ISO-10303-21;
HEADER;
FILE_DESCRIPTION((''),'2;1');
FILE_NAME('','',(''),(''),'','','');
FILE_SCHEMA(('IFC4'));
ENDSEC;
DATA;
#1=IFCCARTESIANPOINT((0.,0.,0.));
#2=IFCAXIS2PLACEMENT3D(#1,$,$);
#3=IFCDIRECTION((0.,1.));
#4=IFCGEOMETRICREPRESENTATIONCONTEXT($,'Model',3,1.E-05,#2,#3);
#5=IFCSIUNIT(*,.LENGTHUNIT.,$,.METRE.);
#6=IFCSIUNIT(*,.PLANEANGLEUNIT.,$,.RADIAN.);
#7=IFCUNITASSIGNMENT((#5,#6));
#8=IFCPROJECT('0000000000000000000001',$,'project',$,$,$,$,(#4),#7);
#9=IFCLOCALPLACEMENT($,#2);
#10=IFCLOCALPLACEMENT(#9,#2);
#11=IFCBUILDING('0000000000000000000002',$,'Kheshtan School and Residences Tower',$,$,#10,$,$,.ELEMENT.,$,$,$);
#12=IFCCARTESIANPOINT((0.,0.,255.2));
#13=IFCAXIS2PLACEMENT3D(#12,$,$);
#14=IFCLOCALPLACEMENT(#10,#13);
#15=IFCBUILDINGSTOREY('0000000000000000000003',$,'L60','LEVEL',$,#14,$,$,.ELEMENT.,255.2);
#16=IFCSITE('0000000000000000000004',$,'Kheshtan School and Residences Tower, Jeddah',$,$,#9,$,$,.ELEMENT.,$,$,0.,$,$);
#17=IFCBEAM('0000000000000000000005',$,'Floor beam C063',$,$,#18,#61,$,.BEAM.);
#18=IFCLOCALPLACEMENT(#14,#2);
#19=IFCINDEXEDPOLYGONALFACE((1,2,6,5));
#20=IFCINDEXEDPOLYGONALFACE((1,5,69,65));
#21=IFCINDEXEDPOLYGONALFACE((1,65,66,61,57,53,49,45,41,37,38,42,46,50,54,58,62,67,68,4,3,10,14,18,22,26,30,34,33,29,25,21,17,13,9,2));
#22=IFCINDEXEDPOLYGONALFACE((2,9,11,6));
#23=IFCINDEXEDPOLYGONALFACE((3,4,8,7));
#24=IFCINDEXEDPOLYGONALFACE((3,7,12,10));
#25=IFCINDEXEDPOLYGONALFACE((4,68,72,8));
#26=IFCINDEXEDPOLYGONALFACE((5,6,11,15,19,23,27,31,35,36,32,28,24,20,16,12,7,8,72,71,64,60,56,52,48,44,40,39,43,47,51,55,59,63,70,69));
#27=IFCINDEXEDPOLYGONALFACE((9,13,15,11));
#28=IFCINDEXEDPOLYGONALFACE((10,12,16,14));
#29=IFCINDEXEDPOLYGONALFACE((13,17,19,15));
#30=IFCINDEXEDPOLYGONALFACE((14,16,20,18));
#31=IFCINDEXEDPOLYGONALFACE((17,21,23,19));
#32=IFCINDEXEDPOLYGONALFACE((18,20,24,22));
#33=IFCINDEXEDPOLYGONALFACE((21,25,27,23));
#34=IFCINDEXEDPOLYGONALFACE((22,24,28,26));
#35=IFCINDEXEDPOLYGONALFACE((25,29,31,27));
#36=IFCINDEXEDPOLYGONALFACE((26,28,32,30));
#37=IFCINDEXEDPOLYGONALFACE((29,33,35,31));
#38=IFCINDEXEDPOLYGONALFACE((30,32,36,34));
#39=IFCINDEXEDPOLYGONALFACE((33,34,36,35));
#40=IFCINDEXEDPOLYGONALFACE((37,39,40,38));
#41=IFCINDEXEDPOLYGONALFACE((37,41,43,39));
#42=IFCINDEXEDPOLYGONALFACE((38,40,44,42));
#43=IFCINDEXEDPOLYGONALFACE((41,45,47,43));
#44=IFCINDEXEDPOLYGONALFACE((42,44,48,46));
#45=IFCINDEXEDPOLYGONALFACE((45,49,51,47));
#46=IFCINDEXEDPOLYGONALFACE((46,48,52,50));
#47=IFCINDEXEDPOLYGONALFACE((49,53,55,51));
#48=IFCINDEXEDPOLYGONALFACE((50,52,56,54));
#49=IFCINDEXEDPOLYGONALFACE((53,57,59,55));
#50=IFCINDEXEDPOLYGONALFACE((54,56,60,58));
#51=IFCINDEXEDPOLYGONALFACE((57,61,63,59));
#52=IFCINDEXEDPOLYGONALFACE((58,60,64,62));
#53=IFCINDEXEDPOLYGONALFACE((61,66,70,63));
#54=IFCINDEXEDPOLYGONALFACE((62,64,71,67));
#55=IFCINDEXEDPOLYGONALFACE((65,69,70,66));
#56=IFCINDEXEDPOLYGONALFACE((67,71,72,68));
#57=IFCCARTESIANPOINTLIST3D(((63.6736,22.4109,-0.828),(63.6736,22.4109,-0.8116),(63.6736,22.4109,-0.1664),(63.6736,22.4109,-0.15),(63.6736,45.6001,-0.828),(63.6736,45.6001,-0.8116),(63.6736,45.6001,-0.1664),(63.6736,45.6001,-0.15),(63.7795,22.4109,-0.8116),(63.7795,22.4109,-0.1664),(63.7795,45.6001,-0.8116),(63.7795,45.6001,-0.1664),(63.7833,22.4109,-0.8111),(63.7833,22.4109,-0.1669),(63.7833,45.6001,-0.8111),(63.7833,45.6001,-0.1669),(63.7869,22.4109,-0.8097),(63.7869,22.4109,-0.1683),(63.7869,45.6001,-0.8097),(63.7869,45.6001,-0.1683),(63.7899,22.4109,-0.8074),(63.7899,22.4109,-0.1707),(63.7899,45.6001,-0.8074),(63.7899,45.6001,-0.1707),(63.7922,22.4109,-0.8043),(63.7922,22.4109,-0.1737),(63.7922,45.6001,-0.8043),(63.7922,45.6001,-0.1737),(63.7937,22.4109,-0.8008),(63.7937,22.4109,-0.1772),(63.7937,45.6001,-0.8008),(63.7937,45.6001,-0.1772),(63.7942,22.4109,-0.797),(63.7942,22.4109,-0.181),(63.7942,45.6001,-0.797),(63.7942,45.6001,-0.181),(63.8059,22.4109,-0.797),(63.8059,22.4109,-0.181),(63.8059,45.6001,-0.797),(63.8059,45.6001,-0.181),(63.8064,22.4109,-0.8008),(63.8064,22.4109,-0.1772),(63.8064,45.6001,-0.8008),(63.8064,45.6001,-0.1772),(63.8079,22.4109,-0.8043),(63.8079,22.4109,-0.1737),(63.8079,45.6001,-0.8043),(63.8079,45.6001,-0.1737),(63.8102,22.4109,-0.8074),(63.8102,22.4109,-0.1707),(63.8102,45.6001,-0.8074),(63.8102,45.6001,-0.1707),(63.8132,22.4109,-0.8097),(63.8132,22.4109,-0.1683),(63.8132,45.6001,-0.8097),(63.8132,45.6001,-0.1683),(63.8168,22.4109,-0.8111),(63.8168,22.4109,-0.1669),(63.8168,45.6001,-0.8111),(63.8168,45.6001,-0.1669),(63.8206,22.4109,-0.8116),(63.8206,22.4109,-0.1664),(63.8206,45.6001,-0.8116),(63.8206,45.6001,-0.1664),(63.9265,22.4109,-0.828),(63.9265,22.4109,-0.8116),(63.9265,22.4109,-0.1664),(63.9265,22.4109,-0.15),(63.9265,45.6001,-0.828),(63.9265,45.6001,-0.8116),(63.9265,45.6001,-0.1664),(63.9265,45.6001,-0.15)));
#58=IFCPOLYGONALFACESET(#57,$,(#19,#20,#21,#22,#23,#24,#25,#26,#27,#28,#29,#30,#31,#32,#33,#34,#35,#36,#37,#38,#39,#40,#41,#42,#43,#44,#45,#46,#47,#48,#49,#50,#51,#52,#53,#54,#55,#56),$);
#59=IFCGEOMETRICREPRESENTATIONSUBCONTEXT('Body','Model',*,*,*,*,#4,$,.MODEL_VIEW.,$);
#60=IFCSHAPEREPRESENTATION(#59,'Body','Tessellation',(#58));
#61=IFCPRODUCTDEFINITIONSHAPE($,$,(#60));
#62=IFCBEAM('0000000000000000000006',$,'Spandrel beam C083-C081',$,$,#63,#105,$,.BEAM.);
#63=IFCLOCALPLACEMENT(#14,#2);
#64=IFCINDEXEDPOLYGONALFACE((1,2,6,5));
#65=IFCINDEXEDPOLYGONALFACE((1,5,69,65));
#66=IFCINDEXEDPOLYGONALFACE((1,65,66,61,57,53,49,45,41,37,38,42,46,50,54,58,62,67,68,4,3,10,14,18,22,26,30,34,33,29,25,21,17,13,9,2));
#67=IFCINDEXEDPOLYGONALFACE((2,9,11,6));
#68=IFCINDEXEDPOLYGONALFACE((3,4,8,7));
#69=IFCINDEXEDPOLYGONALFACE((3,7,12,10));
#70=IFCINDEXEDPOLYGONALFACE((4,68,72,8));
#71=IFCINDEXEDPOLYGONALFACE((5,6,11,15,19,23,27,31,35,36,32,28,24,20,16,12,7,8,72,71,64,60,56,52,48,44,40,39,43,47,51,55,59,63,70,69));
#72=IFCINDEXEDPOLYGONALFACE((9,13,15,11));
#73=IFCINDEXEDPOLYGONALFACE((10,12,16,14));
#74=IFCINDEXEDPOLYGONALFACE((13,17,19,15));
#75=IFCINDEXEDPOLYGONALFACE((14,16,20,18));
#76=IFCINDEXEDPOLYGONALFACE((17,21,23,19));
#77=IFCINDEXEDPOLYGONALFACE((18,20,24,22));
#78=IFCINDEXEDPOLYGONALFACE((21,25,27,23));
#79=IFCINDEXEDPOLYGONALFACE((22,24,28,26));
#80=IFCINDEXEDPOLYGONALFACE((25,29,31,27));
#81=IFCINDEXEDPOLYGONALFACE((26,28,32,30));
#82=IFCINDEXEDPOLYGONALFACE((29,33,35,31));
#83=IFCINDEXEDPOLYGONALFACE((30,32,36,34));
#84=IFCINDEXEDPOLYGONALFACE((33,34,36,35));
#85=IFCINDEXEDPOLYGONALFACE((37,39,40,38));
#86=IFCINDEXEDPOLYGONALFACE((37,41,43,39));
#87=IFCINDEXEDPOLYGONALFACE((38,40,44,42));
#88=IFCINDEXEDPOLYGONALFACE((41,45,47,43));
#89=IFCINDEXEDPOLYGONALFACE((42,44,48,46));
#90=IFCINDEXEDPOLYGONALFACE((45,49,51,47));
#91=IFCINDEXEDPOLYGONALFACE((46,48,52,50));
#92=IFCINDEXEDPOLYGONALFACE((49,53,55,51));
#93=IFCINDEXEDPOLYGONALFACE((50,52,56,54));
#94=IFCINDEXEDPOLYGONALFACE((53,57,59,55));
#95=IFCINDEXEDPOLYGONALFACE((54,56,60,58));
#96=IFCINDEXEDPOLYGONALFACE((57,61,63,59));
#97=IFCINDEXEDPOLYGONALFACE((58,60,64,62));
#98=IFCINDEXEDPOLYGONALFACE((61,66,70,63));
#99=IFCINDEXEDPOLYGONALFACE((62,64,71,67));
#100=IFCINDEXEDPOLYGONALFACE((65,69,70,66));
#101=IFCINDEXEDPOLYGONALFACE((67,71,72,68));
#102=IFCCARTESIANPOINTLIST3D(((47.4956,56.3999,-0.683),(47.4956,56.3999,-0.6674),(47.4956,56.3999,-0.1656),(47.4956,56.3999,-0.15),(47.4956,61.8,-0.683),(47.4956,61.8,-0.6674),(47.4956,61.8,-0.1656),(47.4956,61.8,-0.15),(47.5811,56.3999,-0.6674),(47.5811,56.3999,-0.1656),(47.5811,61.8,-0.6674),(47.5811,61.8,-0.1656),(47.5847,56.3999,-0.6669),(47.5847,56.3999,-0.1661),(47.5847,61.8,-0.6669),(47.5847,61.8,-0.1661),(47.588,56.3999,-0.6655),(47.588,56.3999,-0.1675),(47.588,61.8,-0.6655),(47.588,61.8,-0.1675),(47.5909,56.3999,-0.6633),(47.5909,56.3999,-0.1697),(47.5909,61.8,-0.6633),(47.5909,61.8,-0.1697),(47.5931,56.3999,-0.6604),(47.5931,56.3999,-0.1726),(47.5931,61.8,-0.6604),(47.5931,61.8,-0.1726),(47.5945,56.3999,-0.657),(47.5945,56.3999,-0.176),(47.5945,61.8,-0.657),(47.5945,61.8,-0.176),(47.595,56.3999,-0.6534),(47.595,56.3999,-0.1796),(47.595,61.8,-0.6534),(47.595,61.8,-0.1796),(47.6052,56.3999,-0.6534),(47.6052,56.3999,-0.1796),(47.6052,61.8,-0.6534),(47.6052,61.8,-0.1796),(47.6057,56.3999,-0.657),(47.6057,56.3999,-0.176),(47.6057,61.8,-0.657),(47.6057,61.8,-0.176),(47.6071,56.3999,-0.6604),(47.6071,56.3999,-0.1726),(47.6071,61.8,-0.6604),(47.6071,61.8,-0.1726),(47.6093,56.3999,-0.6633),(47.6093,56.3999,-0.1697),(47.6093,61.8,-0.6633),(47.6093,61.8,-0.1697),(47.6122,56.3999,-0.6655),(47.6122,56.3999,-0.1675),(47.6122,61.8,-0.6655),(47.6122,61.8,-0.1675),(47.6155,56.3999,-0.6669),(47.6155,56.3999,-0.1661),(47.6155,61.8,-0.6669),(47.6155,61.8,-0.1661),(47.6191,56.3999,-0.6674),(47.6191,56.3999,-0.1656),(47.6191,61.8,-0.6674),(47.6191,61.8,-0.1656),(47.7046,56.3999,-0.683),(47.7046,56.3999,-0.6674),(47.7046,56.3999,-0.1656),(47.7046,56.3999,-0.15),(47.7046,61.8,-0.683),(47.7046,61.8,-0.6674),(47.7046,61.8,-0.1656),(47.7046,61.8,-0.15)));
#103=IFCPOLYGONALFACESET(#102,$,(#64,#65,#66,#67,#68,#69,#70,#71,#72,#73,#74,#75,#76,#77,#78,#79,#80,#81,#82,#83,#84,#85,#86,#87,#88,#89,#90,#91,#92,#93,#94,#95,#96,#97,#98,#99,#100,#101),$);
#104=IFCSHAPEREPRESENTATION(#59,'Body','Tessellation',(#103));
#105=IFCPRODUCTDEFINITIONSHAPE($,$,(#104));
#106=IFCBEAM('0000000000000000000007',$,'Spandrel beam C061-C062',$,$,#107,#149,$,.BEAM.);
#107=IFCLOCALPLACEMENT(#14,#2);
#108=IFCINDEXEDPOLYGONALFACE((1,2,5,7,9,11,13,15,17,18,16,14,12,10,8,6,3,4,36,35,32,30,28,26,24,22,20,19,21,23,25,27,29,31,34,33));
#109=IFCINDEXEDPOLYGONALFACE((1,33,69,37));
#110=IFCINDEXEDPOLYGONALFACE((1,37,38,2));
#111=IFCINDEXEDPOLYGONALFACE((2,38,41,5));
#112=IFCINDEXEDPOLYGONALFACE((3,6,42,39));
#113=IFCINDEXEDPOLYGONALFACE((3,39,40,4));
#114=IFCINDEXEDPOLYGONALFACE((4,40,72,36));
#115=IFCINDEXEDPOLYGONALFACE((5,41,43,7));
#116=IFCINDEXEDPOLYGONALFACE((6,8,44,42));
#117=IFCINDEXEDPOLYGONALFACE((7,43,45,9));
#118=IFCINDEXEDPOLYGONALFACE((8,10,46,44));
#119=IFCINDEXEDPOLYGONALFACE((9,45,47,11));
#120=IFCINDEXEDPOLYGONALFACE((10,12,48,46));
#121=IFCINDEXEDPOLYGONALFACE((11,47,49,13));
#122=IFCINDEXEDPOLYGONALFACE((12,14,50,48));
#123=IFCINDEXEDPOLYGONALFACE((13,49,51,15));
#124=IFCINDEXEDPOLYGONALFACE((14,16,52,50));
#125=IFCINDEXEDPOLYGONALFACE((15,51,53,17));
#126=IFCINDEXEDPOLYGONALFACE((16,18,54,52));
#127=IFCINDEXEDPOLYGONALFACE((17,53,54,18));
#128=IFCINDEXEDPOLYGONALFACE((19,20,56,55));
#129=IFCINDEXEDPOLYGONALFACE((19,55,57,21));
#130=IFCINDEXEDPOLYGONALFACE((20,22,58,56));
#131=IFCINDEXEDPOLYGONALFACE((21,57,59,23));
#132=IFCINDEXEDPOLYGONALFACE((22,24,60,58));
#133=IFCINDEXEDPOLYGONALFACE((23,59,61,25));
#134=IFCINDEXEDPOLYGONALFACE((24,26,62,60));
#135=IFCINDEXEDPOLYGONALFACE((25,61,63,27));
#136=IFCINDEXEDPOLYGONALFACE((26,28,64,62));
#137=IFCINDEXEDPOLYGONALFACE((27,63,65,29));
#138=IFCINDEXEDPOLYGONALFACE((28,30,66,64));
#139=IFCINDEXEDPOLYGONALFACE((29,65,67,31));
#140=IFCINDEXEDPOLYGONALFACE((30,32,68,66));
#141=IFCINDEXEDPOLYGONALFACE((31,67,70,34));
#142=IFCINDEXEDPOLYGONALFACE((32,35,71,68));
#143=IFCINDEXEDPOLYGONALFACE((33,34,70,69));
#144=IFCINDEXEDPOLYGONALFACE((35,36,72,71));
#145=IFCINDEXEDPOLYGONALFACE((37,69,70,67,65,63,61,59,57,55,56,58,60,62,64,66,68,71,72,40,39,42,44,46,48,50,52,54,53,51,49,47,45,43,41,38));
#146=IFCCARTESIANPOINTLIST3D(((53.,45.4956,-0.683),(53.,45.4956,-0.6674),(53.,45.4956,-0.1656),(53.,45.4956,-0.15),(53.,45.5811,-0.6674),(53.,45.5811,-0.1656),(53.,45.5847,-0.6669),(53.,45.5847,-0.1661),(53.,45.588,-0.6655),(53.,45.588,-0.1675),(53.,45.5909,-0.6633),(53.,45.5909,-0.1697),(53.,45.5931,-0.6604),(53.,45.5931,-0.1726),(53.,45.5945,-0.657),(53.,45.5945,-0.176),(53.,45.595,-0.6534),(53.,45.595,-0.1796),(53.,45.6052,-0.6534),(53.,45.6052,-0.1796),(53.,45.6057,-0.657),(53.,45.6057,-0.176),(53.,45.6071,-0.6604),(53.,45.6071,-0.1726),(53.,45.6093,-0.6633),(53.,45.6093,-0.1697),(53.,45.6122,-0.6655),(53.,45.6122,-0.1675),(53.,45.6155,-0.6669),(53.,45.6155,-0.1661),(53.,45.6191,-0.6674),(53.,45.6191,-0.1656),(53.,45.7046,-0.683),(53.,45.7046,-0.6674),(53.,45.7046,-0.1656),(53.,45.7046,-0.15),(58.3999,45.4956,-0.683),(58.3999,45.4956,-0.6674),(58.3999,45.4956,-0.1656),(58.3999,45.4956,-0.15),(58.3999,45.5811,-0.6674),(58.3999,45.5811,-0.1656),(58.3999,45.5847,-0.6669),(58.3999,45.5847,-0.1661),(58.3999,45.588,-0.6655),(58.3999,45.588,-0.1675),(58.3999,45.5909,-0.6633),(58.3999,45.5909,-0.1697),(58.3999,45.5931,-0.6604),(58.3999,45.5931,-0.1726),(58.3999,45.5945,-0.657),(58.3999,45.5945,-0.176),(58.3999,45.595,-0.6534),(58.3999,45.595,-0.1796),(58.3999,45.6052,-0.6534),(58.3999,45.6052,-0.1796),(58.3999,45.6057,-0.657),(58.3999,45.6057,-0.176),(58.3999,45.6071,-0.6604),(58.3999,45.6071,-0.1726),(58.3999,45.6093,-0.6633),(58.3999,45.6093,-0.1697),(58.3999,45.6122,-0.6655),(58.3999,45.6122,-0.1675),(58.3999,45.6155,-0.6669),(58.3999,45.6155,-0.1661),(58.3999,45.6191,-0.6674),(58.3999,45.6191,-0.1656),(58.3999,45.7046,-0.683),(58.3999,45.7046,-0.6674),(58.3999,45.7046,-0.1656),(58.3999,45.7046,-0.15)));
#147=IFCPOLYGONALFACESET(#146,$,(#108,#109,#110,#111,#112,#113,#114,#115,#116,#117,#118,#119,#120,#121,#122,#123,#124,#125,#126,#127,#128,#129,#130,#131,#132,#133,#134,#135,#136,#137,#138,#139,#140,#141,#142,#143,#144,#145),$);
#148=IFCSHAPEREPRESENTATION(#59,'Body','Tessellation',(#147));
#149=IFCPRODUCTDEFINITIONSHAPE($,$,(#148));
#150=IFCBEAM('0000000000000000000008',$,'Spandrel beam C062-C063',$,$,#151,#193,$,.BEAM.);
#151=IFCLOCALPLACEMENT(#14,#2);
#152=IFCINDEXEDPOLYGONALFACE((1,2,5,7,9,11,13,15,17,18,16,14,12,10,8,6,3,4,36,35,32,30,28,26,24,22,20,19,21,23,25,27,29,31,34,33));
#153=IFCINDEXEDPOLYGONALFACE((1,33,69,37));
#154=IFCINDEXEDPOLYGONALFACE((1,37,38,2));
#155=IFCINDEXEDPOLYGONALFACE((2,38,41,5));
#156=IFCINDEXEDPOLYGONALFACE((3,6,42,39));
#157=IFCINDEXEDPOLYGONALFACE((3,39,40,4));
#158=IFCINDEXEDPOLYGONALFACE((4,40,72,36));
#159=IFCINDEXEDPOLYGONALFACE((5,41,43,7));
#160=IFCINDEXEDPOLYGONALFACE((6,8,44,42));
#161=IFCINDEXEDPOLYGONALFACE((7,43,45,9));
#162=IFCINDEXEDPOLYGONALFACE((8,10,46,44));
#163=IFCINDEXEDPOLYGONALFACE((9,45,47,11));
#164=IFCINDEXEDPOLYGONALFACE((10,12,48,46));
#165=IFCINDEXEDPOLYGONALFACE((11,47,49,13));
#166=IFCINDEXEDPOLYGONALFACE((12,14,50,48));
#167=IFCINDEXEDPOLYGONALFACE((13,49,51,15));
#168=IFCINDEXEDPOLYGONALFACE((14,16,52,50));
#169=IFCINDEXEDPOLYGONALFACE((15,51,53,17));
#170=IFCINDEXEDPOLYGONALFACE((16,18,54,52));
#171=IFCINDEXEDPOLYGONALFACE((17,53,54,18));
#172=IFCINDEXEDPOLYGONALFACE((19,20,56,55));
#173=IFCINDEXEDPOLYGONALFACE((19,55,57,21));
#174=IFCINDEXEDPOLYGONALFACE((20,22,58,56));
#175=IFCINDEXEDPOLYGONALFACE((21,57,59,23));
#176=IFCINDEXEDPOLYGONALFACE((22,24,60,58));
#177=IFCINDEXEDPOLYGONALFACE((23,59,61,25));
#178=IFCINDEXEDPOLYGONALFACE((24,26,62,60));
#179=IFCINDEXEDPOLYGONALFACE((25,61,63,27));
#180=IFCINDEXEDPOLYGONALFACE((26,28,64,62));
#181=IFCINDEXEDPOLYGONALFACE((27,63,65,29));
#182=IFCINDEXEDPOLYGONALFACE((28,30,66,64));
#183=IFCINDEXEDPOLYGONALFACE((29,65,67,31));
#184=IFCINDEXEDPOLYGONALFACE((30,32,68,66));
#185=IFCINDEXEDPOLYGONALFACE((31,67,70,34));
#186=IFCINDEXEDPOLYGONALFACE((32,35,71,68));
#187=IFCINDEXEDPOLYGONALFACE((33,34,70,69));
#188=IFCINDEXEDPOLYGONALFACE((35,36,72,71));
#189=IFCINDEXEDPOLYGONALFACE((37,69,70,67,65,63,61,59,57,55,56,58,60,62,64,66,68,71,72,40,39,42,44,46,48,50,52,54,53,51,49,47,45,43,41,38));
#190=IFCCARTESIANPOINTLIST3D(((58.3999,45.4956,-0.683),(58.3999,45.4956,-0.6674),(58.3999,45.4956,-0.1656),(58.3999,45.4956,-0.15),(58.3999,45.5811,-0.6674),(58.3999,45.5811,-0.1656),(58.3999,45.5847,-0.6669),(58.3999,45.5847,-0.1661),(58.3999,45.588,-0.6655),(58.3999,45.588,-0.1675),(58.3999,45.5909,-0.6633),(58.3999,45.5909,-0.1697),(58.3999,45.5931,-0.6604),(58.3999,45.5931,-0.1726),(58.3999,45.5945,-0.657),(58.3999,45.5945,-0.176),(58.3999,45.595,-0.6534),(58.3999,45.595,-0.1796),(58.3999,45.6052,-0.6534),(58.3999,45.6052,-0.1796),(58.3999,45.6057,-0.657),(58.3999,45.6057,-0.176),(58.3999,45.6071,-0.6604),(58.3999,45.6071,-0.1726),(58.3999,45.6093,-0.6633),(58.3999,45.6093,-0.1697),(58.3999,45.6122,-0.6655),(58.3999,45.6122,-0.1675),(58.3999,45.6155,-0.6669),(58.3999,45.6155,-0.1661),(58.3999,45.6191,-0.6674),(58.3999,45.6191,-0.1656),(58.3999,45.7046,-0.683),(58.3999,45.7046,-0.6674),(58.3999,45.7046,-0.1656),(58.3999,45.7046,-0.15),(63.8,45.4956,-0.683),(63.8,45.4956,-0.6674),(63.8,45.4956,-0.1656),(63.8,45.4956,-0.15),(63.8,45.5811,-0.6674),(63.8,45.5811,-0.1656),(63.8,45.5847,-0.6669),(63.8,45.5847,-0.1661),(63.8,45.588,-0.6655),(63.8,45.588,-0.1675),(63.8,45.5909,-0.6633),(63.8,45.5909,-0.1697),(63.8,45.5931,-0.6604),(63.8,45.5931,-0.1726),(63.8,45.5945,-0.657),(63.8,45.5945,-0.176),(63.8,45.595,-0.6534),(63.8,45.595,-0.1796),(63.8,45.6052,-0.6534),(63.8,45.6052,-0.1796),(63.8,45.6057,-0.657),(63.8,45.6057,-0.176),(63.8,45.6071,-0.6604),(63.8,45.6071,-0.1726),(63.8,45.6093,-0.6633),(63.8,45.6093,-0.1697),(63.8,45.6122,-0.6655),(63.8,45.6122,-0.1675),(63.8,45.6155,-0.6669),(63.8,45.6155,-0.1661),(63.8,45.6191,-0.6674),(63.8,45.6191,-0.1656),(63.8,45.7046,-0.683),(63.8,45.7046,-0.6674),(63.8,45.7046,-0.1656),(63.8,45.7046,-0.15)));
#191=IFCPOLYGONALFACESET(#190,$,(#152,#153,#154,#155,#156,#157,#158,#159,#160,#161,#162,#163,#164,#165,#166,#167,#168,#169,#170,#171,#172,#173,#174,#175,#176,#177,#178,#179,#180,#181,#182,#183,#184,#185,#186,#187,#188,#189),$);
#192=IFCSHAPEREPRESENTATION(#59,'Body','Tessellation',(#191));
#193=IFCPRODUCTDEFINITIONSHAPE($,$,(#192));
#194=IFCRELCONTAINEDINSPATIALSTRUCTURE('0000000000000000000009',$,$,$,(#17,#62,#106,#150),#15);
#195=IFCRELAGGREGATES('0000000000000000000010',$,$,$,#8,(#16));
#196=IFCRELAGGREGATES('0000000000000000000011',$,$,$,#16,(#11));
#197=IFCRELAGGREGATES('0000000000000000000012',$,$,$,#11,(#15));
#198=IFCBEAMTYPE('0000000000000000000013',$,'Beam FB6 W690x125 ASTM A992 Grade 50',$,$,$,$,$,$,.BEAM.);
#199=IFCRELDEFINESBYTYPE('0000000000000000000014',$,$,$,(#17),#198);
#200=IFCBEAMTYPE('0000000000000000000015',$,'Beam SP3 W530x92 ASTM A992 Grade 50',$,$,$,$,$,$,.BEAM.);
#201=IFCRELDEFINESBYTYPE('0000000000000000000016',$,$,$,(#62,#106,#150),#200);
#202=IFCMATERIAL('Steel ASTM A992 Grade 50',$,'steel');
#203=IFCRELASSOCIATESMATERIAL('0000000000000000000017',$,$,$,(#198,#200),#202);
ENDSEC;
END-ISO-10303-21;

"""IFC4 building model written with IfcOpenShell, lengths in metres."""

from ifc_helpers import new_model, si_unit, direction, frame, origin, origin_2d, place, context, subcontext, project, spatial, i_section, extrude, material, material_profile, profile_set, type_object, element, save


model = new_model("IFC4")

# Units and contexts
model_context = context("Model", 3, precision=1e-05, world=origin(), true_north=direction((0.0, 1.0)))
body_context = subcontext(model_context, "Body", "Model", "MODEL_VIEW")
ifc_project = project(units=[si_unit("LENGTHUNIT", "METRE"), si_unit("PLANEANGLEUNIT", "RADIAN")], contexts=[model_context])

# Site, building, storey
site_placement = place(None, origin())
site = spatial("IfcSite", under=ifc_project, at=site_placement, Name="Kheshtan School and Residences Tower, Jeddah", CompositionType="ELEMENT", RefElevation=0.0)
building_placement = place(site_placement, origin())
building = spatial("IfcBuilding", under=site, at=building_placement, Name="Kheshtan School and Residences Tower", CompositionType="ELEMENT")
storey_placement = place(building_placement, frame((0.0, 0.0, 255.2)))
storey = spatial("IfcBuildingStorey", under=building, at=storey_placement, Name="L60", Description="LEVEL", CompositionType="ELEMENT", Elevation=255.2)

# Shared definitions
ifc_material_1 = material(Name="Steel ASTM A992 Grade 50", Category="steel")

# Beams
ifc_material_profile_1 = material_profile(ifc_material_1, i_section(OverallWidth=0.2529, OverallDepth=0.678, WebThickness=0.0117, FlangeThickness=0.0164, FilletRadius=0.0146, at=origin_2d()), Name="W690x125")
ifc_profile_set_1 = profile_set([ifc_material_profile_1], Name="Steel ASTM A992 Grade 50")
beam_type_1 = type_object("IfcBeamType", Name="Beam FB6 W690x125 ASTM A992 Grade 50", PredefinedType="BEAM", material=ifc_profile_set_1)
beam_1_placement = place(storey_placement, frame((63.8, 45.6001, -0.489), z_axis=(0.0, -1.0, 0.0), x_axis=(1.0, 0.0, 0.0)))
element("IfcBeam", 1, at=beam_1_placement, inside=storey, type_object=beam_type_1, Name="Floor beam C063", PredefinedType="BEAM", context=body_context, shape_type="SweptSolid", body=[
    extrude(i_section(OverallWidth=0.2529, OverallDepth=0.678, WebThickness=0.0117, FlangeThickness=0.0164, FilletRadius=0.0146, at=origin_2d()), origin(), (0.0, 0.0, 1.0), 23.1892),
])
ifc_material_profile_2 = material_profile(ifc_material_1, i_section(OverallWidth=0.209, OverallDepth=0.533, WebThickness=0.0103, FlangeThickness=0.0156, FilletRadius=0.0139, at=origin_2d()), Name="W530x92")
ifc_profile_set_2 = profile_set([ifc_material_profile_2], Name="Steel ASTM A992 Grade 50")
beam_type_2 = type_object("IfcBeamType", Name="Beam SP3 W530x92 ASTM A992 Grade 50", PredefinedType="BEAM", material=ifc_profile_set_2)
beam_2_placement = place(storey_placement, frame((47.6001, 61.8, -0.4165), z_axis=(0.0, -1.0, 0.0), x_axis=(1.0, 0.0, 0.0)))
element("IfcBeam", 2, at=beam_2_placement, inside=storey, type_object=beam_type_2, Name="Spandrel beam C083-C081", PredefinedType="BEAM", context=body_context, shape_type="SweptSolid", body=[
    extrude(i_section(OverallWidth=0.209, OverallDepth=0.533, WebThickness=0.0103, FlangeThickness=0.0156, FilletRadius=0.0139, at=origin_2d()), origin(), (0.0, 0.0, 1.0), 5.4001),
])
beam_3_placement = place(storey_placement, frame((53.0, 45.6001, -0.4165), z_axis=(1.0, 0.0, 0.0), x_axis=(0.0, 1.0, 0.0)))
element("IfcBeam", 3, at=beam_3_placement, inside=storey, type_object=beam_type_2, Name="Spandrel beam C061-C062", PredefinedType="BEAM", context=body_context, shape_type="SweptSolid", body=[
    extrude(i_section(OverallWidth=0.209, OverallDepth=0.533, WebThickness=0.0103, FlangeThickness=0.0156, FilletRadius=0.0139, at=origin_2d()), origin(), (0.0, 0.0, 1.0), 5.3999),
])
beam_4_placement = place(storey_placement, frame((58.3999, 45.6001, -0.4165), z_axis=(1.0, 0.0, 0.0), x_axis=(0.0, 1.0, 0.0)))
element("IfcBeam", 4, at=beam_4_placement, inside=storey, type_object=beam_type_2, Name="Spandrel beam C062-C063", PredefinedType="BEAM", context=body_context, shape_type="SweptSolid", body=[
    extrude(i_section(OverallWidth=0.209, OverallDepth=0.533, WebThickness=0.0103, FlangeThickness=0.0156, FilletRadius=0.0139, at=origin_2d()), origin(), (0.0, 0.0, 1.0), 5.4001),
])

save(model, "model.ifc")
